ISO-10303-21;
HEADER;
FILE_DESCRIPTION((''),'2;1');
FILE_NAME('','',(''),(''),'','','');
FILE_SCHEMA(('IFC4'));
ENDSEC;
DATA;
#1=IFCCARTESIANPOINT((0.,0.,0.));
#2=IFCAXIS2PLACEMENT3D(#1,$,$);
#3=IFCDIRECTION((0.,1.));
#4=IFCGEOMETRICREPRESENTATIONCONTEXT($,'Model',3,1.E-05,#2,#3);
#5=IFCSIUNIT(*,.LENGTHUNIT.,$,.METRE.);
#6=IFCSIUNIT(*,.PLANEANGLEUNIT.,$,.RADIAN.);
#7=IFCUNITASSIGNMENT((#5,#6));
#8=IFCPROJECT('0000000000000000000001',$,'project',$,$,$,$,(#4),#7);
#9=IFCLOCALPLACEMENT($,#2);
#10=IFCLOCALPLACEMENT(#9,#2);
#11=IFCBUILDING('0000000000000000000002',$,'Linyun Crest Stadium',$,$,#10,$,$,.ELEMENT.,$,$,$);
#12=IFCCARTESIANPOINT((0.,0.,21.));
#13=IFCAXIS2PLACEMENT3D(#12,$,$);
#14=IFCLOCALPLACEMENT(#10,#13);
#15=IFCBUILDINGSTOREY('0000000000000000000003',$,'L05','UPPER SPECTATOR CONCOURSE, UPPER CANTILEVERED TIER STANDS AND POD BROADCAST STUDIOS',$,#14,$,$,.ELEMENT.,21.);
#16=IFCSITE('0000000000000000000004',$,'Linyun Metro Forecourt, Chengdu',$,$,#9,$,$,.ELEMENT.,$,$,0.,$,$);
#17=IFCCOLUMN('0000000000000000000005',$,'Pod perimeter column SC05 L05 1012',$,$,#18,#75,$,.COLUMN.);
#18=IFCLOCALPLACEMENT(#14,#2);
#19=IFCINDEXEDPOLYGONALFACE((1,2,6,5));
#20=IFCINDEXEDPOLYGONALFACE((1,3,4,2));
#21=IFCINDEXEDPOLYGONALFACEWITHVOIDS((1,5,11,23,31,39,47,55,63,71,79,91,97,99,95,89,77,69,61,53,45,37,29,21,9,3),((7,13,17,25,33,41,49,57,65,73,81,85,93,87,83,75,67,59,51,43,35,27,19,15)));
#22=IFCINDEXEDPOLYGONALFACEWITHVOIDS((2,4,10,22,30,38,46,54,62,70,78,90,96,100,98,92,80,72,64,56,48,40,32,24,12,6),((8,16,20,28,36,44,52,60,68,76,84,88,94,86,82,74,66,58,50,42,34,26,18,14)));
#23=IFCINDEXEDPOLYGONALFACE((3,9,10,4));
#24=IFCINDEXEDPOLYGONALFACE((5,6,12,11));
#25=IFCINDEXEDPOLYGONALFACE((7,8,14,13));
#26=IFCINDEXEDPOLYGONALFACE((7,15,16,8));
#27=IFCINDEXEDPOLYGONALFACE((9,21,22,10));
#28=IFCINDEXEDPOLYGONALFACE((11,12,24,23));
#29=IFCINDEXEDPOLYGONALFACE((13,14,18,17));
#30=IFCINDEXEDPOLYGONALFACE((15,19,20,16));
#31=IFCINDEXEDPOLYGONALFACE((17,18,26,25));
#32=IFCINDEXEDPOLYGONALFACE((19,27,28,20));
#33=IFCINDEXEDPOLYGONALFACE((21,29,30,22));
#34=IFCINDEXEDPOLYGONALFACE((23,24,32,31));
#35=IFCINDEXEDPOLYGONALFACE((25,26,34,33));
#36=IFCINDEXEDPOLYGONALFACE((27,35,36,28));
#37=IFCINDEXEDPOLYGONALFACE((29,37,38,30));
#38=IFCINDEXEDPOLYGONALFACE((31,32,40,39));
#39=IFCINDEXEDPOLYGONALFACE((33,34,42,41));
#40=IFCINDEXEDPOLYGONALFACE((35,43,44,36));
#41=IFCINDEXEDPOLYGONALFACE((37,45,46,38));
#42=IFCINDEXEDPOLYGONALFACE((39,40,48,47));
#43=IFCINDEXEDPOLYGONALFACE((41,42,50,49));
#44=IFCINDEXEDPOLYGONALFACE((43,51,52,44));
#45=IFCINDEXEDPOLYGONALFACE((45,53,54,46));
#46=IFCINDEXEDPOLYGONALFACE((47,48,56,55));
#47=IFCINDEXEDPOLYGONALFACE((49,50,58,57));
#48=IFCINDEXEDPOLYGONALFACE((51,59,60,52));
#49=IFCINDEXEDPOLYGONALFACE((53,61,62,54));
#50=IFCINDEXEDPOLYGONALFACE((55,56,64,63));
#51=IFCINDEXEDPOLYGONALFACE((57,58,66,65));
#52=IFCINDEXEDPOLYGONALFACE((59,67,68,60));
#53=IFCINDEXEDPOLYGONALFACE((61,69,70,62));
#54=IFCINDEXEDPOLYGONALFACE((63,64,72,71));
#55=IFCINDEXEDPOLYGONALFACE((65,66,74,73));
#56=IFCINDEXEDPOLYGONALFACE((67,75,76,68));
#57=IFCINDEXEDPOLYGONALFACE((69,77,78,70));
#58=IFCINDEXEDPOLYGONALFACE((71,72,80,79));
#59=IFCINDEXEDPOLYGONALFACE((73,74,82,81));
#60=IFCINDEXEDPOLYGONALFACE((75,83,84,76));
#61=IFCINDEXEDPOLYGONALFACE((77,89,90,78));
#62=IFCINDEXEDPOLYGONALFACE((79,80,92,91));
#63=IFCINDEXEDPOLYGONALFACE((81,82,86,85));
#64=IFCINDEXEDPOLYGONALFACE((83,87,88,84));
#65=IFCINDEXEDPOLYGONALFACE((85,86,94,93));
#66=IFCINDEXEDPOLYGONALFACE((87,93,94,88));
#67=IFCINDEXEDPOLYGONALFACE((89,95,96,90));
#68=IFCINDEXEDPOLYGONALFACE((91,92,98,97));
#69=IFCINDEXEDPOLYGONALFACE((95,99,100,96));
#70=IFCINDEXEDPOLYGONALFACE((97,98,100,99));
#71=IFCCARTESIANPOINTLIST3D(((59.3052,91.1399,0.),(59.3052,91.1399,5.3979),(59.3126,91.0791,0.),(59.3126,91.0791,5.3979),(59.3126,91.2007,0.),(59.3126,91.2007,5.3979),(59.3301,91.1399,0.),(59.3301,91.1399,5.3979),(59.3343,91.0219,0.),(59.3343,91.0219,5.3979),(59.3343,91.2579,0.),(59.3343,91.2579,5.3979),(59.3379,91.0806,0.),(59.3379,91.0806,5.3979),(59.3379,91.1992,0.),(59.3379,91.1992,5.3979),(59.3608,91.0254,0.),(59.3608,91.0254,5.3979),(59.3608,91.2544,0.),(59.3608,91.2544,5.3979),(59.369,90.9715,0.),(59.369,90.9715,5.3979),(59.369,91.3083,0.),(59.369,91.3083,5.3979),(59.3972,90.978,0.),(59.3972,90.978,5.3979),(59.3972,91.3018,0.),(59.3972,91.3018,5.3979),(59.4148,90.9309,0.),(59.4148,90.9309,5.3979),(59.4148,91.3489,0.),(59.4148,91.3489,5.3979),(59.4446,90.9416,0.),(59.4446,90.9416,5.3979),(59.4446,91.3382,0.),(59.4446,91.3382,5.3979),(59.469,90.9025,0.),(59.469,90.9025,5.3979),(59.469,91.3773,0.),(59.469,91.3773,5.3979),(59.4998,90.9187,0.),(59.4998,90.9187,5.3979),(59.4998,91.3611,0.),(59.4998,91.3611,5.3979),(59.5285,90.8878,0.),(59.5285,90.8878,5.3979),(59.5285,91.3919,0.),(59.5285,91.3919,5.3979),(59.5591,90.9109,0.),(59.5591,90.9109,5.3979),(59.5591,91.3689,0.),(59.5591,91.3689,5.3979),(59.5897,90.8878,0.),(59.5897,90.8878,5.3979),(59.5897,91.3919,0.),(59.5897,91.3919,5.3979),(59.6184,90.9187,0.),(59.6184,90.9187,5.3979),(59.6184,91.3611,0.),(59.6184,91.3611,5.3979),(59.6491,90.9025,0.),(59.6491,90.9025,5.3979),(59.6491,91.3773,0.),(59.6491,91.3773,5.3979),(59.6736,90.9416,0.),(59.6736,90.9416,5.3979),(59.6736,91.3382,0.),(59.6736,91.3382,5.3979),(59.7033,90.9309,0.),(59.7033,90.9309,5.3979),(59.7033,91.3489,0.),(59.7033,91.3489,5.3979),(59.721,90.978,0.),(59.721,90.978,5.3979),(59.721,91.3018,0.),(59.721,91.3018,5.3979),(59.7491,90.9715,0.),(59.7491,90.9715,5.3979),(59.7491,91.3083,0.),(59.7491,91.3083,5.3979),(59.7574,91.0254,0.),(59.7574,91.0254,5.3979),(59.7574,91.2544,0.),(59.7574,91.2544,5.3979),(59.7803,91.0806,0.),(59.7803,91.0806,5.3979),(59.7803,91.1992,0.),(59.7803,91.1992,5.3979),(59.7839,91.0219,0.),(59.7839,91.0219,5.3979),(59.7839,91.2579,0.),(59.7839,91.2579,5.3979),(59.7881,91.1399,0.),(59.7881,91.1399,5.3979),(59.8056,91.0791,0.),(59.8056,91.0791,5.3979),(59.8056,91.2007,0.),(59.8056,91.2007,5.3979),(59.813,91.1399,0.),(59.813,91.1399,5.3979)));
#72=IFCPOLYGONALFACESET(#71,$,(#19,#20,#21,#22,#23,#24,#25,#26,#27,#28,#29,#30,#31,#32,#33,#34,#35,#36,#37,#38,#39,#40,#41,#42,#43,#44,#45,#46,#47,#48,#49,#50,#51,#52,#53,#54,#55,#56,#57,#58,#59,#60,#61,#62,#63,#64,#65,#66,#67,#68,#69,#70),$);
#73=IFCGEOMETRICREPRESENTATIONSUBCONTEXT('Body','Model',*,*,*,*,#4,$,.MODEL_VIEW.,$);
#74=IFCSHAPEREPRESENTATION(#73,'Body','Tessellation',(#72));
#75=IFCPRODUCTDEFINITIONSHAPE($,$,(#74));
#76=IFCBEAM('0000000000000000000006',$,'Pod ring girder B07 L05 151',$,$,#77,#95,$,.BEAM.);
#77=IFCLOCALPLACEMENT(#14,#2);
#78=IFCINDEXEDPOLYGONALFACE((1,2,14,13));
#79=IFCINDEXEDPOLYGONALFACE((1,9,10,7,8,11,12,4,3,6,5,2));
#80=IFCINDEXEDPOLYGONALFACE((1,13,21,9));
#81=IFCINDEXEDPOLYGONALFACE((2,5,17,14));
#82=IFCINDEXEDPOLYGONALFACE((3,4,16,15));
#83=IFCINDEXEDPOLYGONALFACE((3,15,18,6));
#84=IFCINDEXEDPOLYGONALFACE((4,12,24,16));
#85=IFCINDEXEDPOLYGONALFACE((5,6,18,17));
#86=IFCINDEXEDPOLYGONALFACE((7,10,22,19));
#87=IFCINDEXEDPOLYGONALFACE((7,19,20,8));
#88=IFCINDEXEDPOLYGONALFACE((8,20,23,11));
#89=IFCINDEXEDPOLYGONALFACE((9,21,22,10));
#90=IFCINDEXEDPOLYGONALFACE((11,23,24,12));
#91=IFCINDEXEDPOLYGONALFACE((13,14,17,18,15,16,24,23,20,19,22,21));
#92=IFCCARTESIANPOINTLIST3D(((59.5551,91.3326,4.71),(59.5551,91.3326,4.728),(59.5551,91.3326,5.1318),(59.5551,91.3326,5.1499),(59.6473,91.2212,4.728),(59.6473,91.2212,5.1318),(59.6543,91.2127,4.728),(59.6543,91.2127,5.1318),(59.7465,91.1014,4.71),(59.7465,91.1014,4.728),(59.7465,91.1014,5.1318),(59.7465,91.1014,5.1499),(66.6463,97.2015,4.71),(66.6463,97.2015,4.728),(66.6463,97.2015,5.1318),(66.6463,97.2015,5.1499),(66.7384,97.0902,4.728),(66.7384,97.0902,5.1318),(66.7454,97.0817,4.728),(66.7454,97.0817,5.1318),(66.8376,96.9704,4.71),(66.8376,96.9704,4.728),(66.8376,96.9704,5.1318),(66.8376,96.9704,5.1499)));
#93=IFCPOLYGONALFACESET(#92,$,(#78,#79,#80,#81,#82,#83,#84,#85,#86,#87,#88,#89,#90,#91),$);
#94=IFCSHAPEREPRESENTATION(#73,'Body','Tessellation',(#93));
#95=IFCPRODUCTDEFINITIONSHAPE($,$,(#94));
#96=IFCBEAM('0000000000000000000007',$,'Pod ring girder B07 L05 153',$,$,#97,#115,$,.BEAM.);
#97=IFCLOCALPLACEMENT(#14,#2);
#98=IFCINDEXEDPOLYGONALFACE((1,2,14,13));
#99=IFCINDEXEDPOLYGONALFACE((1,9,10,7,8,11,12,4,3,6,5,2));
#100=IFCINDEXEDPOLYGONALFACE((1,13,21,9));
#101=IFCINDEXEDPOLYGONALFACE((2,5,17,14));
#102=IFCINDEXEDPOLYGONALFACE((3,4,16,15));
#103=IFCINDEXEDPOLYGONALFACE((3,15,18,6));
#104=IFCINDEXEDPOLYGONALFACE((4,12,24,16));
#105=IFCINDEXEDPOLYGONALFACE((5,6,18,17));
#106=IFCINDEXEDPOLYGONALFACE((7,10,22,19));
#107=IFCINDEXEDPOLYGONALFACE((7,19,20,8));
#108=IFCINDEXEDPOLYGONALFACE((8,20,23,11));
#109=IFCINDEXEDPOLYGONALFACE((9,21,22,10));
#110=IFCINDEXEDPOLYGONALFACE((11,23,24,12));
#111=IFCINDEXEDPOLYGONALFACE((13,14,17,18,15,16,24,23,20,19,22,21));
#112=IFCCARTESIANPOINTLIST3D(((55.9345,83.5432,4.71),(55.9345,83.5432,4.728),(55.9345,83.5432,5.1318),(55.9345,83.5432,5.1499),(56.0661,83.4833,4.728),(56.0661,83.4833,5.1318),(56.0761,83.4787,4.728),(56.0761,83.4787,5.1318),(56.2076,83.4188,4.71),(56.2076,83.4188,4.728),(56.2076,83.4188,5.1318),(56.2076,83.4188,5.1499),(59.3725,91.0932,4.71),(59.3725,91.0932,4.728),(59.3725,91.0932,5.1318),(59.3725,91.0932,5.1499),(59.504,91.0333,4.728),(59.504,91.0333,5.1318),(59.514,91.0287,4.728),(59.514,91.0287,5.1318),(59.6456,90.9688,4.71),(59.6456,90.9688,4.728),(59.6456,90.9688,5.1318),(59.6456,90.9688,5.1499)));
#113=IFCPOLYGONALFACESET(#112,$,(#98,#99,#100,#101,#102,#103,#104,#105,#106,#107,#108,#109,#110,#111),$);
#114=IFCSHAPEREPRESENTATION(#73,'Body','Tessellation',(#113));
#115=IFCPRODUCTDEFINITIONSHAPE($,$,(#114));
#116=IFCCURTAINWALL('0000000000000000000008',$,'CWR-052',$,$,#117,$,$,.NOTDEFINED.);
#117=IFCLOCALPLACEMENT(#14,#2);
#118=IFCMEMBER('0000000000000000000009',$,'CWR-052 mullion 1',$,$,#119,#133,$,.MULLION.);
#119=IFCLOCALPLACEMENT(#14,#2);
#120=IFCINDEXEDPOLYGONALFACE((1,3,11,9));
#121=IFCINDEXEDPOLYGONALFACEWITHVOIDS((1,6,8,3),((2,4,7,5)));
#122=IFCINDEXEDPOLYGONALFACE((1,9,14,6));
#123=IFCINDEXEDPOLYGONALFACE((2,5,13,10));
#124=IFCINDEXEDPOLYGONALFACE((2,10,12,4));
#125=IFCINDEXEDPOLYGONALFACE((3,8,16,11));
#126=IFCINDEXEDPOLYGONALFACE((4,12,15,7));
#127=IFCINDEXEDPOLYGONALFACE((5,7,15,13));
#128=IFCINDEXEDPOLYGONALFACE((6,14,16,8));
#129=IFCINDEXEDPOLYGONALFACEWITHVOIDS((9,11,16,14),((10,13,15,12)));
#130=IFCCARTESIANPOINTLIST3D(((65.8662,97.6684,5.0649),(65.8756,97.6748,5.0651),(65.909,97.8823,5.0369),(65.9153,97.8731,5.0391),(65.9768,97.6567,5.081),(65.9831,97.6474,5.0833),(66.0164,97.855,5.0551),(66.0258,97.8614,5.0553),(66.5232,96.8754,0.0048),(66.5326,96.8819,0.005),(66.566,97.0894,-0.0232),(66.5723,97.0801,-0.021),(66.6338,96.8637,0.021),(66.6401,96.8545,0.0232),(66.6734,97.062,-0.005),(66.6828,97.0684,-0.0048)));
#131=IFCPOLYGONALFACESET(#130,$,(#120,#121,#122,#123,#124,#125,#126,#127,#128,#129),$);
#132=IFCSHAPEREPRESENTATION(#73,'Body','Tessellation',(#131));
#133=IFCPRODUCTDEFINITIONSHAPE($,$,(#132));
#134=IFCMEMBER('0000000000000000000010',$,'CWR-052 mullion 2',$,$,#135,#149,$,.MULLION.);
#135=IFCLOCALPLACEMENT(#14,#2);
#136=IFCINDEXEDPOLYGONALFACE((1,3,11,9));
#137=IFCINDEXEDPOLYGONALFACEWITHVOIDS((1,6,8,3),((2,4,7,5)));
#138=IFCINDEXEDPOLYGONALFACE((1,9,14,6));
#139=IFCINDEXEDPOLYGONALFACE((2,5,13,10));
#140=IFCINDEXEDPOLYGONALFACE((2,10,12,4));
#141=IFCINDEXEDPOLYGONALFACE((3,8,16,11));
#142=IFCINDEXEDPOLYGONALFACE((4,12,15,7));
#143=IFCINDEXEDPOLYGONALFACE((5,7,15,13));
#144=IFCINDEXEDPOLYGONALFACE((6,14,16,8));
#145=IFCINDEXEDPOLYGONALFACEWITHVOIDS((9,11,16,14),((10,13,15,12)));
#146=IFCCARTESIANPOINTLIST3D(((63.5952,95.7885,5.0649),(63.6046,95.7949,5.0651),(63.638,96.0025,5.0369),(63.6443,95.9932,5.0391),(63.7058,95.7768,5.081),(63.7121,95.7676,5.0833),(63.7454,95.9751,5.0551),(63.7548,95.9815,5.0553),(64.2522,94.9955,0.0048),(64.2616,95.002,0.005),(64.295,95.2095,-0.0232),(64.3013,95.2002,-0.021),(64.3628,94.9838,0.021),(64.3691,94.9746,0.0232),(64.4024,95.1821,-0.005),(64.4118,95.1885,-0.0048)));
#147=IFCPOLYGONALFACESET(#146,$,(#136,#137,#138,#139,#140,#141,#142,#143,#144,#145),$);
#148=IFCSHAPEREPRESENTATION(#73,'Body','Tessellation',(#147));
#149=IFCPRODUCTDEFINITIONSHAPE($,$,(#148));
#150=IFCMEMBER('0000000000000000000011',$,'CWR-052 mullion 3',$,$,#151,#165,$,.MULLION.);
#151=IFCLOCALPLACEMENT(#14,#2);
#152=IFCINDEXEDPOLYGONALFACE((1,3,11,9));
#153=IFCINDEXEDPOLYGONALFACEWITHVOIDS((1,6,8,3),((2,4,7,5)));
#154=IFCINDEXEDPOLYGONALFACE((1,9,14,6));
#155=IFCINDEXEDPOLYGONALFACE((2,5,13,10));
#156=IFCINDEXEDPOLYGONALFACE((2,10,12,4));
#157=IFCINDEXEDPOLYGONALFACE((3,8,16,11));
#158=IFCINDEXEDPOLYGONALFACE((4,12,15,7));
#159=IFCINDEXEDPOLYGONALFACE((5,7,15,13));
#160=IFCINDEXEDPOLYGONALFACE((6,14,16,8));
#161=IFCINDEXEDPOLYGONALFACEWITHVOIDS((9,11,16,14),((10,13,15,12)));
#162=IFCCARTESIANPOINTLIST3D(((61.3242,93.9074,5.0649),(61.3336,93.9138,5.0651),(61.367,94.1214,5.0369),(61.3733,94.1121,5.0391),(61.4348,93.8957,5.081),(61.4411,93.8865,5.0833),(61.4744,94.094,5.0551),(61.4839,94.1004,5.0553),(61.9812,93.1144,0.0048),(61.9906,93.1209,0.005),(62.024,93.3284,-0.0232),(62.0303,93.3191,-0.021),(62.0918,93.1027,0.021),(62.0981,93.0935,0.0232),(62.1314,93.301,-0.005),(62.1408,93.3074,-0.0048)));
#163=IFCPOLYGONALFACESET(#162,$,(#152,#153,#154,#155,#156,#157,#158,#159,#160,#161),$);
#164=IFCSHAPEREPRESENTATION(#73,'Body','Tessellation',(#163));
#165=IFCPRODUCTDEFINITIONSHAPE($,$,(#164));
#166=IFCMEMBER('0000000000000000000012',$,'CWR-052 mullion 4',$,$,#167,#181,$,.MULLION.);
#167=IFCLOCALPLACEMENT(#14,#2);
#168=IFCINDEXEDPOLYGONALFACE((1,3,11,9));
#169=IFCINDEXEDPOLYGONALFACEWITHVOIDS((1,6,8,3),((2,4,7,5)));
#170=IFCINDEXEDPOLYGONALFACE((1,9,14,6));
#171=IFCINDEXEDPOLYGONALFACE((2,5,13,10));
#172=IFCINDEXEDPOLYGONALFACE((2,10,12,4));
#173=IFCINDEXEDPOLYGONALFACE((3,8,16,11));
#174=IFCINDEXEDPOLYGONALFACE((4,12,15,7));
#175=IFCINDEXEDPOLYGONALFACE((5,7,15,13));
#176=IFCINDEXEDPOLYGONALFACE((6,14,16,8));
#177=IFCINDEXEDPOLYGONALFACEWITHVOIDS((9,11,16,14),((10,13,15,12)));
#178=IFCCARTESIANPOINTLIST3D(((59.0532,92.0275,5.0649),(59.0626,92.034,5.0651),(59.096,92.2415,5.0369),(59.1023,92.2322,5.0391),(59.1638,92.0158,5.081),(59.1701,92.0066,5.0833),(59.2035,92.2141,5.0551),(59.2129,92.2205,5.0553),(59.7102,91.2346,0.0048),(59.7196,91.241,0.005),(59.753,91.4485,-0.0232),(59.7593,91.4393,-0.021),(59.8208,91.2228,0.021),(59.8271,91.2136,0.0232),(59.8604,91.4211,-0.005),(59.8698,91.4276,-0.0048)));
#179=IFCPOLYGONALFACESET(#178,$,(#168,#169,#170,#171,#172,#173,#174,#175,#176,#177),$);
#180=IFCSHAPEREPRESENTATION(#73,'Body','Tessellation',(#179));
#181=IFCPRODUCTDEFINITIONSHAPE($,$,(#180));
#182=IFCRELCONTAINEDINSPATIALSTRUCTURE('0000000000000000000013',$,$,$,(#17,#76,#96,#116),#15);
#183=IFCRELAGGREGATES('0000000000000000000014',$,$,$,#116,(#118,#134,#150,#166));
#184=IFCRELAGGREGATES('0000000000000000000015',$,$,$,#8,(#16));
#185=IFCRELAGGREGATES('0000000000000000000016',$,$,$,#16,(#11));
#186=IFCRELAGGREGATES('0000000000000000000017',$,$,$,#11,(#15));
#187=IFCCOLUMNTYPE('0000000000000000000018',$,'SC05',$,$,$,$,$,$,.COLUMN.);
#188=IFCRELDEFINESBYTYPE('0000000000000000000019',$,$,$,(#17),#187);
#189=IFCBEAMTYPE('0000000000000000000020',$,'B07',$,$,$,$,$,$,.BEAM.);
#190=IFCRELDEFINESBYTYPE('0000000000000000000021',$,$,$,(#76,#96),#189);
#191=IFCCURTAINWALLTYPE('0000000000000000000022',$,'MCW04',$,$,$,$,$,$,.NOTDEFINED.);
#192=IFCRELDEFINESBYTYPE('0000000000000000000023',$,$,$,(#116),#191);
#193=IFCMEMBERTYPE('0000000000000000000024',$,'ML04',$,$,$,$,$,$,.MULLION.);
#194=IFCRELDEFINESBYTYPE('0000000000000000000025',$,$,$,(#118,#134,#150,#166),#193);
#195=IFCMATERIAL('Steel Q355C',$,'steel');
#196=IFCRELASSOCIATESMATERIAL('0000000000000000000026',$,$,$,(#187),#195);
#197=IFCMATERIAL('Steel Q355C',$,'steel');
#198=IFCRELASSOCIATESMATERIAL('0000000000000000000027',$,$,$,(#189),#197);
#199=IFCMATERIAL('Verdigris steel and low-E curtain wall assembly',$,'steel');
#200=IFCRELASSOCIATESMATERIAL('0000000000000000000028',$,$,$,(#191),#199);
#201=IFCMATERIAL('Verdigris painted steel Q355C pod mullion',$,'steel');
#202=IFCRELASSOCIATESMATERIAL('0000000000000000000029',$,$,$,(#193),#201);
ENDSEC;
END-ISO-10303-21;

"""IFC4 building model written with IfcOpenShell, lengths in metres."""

from ifc_helpers import new_model, si_unit, direction, frame, origin, origin_2d, place, context, subcontext, project, spatial, hollow_rectangle, hollow_circle, i_section, extrude, material, material_profile, profile_set, type_object, element, aggregate, save


model = new_model("IFC4")

# Units and contexts
model_context = context("Model", 3, precision=1e-05, world=origin(), true_north=direction((0.0, 1.0)))
body_context = subcontext(model_context, "Body", "Model", "MODEL_VIEW")
ifc_project = project(units=[si_unit("LENGTHUNIT", "METRE"), si_unit("PLANEANGLEUNIT", "RADIAN")], contexts=[model_context])

# Site, building, storey
site_placement = place(None, origin())
site = spatial("IfcSite", under=ifc_project, at=site_placement, Name="Linyun Metro Forecourt, Chengdu", CompositionType="ELEMENT", RefElevation=0.0)
building_placement = place(site_placement, origin())
building = spatial("IfcBuilding", under=site, at=building_placement, Name="Linyun Crest Stadium", CompositionType="ELEMENT")
storey_placement = place(building_placement, frame((0.0, 0.0, 21.0)))
storey = spatial("IfcBuildingStorey", under=building, at=storey_placement, Name="L05", Description="UPPER SPECTATOR CONCOURSE, UPPER CANTILEVERED TIER STANDS AND POD BROADCAST STUDIOS", CompositionType="ELEMENT", Elevation=21.0)

# Column
ifc_material_1 = material(Name="Steel Q355C", Category="steel")
ifc_material_profile_1 = material_profile(ifc_material_1, hollow_circle(Radius=0.2539, WallThickness=0.0249, at=origin_2d()), Name="CHS 508x25")
ifc_profile_set_1 = profile_set([ifc_material_profile_1], Name="Steel Q355C")
column_type = type_object("IfcColumnType", Name="SC05", PredefinedType="COLUMN", material=ifc_profile_set_1)
column_placement = place(storey_placement, frame((59.5591, 91.1399, 0.0), z_axis=(0.0, 0.0, 1.0), x_axis=(1.0, 0.0, 0.0)))
element("IfcColumn", 1, at=column_placement, inside=storey, type_object=column_type, Name="Pod perimeter column SC05 L05 1012", PredefinedType="COLUMN", context=body_context, shape_type="SweptSolid", body=[
    extrude(hollow_circle(Radius=0.2539, WallThickness=0.0249, at=origin_2d()), origin(), (0.0, 0.0, 1.0), 5.3979),
])

# Beams
ifc_material_2 = material(Name="Steel Q355C", Category="steel")
ifc_material_profile_2 = material_profile(ifc_material_2, i_section(OverallWidth=0.3, OverallDepth=0.4399, WebThickness=0.011, FlangeThickness=0.0181, at=origin_2d()), Name="HM 440x300")
ifc_profile_set_2 = profile_set([ifc_material_profile_2], Name="Steel Q355C")
beam_type = type_object("IfcBeamType", Name="B07", PredefinedType="BEAM", material=ifc_profile_set_2)
beam_1_placement = place(storey_placement, frame((66.7419, 97.0859, 4.9299), z_axis=(-0.770371, -0.637595, 0.0), x_axis=(0.637595, -0.770371, 0.0)))
element("IfcBeam", 2, at=beam_1_placement, inside=storey, type_object=beam_type, Name="Pod ring girder B07 L05 151", PredefinedType="BEAM", context=body_context, shape_type="SweptSolid", body=[
    extrude(i_section(OverallWidth=0.3, OverallDepth=0.4399, WebThickness=0.011, FlangeThickness=0.0181, at=origin_2d()), origin(), (0.0, 0.0, 1.0), 9.2048),
])
beam_2_placement = place(storey_placement, frame((59.509, 91.031, 4.9299), z_axis=(-0.414417, -0.910087, 0.0), x_axis=(0.910087, -0.414417, 0.0)))
element("IfcBeam", 3, at=beam_2_placement, inside=storey, type_object=beam_type, Name="Pod ring girder B07 L05 153", PredefinedType="BEAM", context=body_context, shape_type="SweptSolid", body=[
    extrude(i_section(OverallWidth=0.3, OverallDepth=0.4399, WebThickness=0.011, FlangeThickness=0.0181, at=origin_2d()), origin(), (0.0, 0.0, 1.0), 8.2959),
])

# Curtain wall, members
ifc_material_3 = material(Name="Verdigris steel and low-E curtain wall assembly", Category="steel")
curtain_wall_type = type_object("IfcCurtainWallType", Name="MCW04", PredefinedType="NOTDEFINED", material=ifc_material_3)
curtain_wall_1_placement = place(storey_placement, origin())
curtain_wall_1 = element("IfcCurtainWall", 4, at=curtain_wall_1_placement, inside=storey, type_object=curtain_wall_type, Name="CWR-052", PredefinedType="NOTDEFINED")
ifc_material_4 = material(Name="Verdigris painted steel Q355C pod mullion", Category="steel")
ifc_material_profile_3 = material_profile(ifc_material_4, hollow_rectangle(XDim=0.1201, YDim=0.22, WallThickness=0.0081, at=origin_2d()), Name="RHS 220x120x8")
ifc_profile_set_3 = profile_set([ifc_material_profile_3], Name="Verdigris painted steel Q355C pod mullion")
member_type_1 = type_object("IfcMemberType", Name="ML04", PredefinedType="MULLION", material=ifc_profile_set_3)
member_1_placement = place(storey_placement, frame((66.603, 96.9719, 0.0), z_axis=(-0.127229, 0.153564, 0.979914), x_axis=(-0.972619, 0.174403, -0.153613)))
member_1 = element("IfcMember", 5, at=member_1_placement, type_object=member_type_1, Name="CWR-052 mullion 1", PredefinedType="MULLION", context=body_context, shape_type="SweptSolid", body=[
    extrude(hollow_rectangle(XDim=0.1201, YDim=0.22, WallThickness=0.0081, at=origin_2d()), origin(), (0.0, 0.0, 1.0), 5.1638),
])
member_2_placement = place(storey_placement, frame((64.332, 95.092, 0.0), z_axis=(-0.127229, 0.153564, 0.979914), x_axis=(-0.972619, 0.174403, -0.153613)))
member_2 = element("IfcMember", 6, at=member_2_placement, type_object=member_type_1, Name="CWR-052 mullion 2", PredefinedType="MULLION", context=body_context, shape_type="SweptSolid", body=[
    extrude(hollow_rectangle(XDim=0.1201, YDim=0.22, WallThickness=0.0081, at=origin_2d()), origin(), (0.0, 0.0, 1.0), 5.1638),
])
member_3_placement = place(storey_placement, frame((62.061, 93.2109, 0.0), z_axis=(-0.127229, 0.153564, 0.979914), x_axis=(-0.972619, 0.174403, -0.153613)))
member_3 = element("IfcMember", 7, at=member_3_placement, type_object=member_type_1, Name="CWR-052 mullion 3", PredefinedType="MULLION", context=body_context, shape_type="SweptSolid", body=[
    extrude(hollow_rectangle(XDim=0.1201, YDim=0.22, WallThickness=0.0081, at=origin_2d()), origin(), (0.0, 0.0, 1.0), 5.1638),
])
member_4_placement = place(storey_placement, frame((59.79, 91.3311, 0.0), z_axis=(-0.127229, 0.153564, 0.979914), x_axis=(-0.972619, 0.174403, -0.153613)))
member_4 = element("IfcMember", 8, at=member_4_placement, type_object=member_type_1, Name="CWR-052 mullion 4", PredefinedType="MULLION", context=body_context, shape_type="SweptSolid", body=[
    extrude(hollow_rectangle(XDim=0.1201, YDim=0.22, WallThickness=0.0081, at=origin_2d()), origin(), (0.0, 0.0, 1.0), 5.1638),
])

aggregate(curtain_wall_1, [member_1, member_2, member_3, member_4])

save(model, "model.ifc")
